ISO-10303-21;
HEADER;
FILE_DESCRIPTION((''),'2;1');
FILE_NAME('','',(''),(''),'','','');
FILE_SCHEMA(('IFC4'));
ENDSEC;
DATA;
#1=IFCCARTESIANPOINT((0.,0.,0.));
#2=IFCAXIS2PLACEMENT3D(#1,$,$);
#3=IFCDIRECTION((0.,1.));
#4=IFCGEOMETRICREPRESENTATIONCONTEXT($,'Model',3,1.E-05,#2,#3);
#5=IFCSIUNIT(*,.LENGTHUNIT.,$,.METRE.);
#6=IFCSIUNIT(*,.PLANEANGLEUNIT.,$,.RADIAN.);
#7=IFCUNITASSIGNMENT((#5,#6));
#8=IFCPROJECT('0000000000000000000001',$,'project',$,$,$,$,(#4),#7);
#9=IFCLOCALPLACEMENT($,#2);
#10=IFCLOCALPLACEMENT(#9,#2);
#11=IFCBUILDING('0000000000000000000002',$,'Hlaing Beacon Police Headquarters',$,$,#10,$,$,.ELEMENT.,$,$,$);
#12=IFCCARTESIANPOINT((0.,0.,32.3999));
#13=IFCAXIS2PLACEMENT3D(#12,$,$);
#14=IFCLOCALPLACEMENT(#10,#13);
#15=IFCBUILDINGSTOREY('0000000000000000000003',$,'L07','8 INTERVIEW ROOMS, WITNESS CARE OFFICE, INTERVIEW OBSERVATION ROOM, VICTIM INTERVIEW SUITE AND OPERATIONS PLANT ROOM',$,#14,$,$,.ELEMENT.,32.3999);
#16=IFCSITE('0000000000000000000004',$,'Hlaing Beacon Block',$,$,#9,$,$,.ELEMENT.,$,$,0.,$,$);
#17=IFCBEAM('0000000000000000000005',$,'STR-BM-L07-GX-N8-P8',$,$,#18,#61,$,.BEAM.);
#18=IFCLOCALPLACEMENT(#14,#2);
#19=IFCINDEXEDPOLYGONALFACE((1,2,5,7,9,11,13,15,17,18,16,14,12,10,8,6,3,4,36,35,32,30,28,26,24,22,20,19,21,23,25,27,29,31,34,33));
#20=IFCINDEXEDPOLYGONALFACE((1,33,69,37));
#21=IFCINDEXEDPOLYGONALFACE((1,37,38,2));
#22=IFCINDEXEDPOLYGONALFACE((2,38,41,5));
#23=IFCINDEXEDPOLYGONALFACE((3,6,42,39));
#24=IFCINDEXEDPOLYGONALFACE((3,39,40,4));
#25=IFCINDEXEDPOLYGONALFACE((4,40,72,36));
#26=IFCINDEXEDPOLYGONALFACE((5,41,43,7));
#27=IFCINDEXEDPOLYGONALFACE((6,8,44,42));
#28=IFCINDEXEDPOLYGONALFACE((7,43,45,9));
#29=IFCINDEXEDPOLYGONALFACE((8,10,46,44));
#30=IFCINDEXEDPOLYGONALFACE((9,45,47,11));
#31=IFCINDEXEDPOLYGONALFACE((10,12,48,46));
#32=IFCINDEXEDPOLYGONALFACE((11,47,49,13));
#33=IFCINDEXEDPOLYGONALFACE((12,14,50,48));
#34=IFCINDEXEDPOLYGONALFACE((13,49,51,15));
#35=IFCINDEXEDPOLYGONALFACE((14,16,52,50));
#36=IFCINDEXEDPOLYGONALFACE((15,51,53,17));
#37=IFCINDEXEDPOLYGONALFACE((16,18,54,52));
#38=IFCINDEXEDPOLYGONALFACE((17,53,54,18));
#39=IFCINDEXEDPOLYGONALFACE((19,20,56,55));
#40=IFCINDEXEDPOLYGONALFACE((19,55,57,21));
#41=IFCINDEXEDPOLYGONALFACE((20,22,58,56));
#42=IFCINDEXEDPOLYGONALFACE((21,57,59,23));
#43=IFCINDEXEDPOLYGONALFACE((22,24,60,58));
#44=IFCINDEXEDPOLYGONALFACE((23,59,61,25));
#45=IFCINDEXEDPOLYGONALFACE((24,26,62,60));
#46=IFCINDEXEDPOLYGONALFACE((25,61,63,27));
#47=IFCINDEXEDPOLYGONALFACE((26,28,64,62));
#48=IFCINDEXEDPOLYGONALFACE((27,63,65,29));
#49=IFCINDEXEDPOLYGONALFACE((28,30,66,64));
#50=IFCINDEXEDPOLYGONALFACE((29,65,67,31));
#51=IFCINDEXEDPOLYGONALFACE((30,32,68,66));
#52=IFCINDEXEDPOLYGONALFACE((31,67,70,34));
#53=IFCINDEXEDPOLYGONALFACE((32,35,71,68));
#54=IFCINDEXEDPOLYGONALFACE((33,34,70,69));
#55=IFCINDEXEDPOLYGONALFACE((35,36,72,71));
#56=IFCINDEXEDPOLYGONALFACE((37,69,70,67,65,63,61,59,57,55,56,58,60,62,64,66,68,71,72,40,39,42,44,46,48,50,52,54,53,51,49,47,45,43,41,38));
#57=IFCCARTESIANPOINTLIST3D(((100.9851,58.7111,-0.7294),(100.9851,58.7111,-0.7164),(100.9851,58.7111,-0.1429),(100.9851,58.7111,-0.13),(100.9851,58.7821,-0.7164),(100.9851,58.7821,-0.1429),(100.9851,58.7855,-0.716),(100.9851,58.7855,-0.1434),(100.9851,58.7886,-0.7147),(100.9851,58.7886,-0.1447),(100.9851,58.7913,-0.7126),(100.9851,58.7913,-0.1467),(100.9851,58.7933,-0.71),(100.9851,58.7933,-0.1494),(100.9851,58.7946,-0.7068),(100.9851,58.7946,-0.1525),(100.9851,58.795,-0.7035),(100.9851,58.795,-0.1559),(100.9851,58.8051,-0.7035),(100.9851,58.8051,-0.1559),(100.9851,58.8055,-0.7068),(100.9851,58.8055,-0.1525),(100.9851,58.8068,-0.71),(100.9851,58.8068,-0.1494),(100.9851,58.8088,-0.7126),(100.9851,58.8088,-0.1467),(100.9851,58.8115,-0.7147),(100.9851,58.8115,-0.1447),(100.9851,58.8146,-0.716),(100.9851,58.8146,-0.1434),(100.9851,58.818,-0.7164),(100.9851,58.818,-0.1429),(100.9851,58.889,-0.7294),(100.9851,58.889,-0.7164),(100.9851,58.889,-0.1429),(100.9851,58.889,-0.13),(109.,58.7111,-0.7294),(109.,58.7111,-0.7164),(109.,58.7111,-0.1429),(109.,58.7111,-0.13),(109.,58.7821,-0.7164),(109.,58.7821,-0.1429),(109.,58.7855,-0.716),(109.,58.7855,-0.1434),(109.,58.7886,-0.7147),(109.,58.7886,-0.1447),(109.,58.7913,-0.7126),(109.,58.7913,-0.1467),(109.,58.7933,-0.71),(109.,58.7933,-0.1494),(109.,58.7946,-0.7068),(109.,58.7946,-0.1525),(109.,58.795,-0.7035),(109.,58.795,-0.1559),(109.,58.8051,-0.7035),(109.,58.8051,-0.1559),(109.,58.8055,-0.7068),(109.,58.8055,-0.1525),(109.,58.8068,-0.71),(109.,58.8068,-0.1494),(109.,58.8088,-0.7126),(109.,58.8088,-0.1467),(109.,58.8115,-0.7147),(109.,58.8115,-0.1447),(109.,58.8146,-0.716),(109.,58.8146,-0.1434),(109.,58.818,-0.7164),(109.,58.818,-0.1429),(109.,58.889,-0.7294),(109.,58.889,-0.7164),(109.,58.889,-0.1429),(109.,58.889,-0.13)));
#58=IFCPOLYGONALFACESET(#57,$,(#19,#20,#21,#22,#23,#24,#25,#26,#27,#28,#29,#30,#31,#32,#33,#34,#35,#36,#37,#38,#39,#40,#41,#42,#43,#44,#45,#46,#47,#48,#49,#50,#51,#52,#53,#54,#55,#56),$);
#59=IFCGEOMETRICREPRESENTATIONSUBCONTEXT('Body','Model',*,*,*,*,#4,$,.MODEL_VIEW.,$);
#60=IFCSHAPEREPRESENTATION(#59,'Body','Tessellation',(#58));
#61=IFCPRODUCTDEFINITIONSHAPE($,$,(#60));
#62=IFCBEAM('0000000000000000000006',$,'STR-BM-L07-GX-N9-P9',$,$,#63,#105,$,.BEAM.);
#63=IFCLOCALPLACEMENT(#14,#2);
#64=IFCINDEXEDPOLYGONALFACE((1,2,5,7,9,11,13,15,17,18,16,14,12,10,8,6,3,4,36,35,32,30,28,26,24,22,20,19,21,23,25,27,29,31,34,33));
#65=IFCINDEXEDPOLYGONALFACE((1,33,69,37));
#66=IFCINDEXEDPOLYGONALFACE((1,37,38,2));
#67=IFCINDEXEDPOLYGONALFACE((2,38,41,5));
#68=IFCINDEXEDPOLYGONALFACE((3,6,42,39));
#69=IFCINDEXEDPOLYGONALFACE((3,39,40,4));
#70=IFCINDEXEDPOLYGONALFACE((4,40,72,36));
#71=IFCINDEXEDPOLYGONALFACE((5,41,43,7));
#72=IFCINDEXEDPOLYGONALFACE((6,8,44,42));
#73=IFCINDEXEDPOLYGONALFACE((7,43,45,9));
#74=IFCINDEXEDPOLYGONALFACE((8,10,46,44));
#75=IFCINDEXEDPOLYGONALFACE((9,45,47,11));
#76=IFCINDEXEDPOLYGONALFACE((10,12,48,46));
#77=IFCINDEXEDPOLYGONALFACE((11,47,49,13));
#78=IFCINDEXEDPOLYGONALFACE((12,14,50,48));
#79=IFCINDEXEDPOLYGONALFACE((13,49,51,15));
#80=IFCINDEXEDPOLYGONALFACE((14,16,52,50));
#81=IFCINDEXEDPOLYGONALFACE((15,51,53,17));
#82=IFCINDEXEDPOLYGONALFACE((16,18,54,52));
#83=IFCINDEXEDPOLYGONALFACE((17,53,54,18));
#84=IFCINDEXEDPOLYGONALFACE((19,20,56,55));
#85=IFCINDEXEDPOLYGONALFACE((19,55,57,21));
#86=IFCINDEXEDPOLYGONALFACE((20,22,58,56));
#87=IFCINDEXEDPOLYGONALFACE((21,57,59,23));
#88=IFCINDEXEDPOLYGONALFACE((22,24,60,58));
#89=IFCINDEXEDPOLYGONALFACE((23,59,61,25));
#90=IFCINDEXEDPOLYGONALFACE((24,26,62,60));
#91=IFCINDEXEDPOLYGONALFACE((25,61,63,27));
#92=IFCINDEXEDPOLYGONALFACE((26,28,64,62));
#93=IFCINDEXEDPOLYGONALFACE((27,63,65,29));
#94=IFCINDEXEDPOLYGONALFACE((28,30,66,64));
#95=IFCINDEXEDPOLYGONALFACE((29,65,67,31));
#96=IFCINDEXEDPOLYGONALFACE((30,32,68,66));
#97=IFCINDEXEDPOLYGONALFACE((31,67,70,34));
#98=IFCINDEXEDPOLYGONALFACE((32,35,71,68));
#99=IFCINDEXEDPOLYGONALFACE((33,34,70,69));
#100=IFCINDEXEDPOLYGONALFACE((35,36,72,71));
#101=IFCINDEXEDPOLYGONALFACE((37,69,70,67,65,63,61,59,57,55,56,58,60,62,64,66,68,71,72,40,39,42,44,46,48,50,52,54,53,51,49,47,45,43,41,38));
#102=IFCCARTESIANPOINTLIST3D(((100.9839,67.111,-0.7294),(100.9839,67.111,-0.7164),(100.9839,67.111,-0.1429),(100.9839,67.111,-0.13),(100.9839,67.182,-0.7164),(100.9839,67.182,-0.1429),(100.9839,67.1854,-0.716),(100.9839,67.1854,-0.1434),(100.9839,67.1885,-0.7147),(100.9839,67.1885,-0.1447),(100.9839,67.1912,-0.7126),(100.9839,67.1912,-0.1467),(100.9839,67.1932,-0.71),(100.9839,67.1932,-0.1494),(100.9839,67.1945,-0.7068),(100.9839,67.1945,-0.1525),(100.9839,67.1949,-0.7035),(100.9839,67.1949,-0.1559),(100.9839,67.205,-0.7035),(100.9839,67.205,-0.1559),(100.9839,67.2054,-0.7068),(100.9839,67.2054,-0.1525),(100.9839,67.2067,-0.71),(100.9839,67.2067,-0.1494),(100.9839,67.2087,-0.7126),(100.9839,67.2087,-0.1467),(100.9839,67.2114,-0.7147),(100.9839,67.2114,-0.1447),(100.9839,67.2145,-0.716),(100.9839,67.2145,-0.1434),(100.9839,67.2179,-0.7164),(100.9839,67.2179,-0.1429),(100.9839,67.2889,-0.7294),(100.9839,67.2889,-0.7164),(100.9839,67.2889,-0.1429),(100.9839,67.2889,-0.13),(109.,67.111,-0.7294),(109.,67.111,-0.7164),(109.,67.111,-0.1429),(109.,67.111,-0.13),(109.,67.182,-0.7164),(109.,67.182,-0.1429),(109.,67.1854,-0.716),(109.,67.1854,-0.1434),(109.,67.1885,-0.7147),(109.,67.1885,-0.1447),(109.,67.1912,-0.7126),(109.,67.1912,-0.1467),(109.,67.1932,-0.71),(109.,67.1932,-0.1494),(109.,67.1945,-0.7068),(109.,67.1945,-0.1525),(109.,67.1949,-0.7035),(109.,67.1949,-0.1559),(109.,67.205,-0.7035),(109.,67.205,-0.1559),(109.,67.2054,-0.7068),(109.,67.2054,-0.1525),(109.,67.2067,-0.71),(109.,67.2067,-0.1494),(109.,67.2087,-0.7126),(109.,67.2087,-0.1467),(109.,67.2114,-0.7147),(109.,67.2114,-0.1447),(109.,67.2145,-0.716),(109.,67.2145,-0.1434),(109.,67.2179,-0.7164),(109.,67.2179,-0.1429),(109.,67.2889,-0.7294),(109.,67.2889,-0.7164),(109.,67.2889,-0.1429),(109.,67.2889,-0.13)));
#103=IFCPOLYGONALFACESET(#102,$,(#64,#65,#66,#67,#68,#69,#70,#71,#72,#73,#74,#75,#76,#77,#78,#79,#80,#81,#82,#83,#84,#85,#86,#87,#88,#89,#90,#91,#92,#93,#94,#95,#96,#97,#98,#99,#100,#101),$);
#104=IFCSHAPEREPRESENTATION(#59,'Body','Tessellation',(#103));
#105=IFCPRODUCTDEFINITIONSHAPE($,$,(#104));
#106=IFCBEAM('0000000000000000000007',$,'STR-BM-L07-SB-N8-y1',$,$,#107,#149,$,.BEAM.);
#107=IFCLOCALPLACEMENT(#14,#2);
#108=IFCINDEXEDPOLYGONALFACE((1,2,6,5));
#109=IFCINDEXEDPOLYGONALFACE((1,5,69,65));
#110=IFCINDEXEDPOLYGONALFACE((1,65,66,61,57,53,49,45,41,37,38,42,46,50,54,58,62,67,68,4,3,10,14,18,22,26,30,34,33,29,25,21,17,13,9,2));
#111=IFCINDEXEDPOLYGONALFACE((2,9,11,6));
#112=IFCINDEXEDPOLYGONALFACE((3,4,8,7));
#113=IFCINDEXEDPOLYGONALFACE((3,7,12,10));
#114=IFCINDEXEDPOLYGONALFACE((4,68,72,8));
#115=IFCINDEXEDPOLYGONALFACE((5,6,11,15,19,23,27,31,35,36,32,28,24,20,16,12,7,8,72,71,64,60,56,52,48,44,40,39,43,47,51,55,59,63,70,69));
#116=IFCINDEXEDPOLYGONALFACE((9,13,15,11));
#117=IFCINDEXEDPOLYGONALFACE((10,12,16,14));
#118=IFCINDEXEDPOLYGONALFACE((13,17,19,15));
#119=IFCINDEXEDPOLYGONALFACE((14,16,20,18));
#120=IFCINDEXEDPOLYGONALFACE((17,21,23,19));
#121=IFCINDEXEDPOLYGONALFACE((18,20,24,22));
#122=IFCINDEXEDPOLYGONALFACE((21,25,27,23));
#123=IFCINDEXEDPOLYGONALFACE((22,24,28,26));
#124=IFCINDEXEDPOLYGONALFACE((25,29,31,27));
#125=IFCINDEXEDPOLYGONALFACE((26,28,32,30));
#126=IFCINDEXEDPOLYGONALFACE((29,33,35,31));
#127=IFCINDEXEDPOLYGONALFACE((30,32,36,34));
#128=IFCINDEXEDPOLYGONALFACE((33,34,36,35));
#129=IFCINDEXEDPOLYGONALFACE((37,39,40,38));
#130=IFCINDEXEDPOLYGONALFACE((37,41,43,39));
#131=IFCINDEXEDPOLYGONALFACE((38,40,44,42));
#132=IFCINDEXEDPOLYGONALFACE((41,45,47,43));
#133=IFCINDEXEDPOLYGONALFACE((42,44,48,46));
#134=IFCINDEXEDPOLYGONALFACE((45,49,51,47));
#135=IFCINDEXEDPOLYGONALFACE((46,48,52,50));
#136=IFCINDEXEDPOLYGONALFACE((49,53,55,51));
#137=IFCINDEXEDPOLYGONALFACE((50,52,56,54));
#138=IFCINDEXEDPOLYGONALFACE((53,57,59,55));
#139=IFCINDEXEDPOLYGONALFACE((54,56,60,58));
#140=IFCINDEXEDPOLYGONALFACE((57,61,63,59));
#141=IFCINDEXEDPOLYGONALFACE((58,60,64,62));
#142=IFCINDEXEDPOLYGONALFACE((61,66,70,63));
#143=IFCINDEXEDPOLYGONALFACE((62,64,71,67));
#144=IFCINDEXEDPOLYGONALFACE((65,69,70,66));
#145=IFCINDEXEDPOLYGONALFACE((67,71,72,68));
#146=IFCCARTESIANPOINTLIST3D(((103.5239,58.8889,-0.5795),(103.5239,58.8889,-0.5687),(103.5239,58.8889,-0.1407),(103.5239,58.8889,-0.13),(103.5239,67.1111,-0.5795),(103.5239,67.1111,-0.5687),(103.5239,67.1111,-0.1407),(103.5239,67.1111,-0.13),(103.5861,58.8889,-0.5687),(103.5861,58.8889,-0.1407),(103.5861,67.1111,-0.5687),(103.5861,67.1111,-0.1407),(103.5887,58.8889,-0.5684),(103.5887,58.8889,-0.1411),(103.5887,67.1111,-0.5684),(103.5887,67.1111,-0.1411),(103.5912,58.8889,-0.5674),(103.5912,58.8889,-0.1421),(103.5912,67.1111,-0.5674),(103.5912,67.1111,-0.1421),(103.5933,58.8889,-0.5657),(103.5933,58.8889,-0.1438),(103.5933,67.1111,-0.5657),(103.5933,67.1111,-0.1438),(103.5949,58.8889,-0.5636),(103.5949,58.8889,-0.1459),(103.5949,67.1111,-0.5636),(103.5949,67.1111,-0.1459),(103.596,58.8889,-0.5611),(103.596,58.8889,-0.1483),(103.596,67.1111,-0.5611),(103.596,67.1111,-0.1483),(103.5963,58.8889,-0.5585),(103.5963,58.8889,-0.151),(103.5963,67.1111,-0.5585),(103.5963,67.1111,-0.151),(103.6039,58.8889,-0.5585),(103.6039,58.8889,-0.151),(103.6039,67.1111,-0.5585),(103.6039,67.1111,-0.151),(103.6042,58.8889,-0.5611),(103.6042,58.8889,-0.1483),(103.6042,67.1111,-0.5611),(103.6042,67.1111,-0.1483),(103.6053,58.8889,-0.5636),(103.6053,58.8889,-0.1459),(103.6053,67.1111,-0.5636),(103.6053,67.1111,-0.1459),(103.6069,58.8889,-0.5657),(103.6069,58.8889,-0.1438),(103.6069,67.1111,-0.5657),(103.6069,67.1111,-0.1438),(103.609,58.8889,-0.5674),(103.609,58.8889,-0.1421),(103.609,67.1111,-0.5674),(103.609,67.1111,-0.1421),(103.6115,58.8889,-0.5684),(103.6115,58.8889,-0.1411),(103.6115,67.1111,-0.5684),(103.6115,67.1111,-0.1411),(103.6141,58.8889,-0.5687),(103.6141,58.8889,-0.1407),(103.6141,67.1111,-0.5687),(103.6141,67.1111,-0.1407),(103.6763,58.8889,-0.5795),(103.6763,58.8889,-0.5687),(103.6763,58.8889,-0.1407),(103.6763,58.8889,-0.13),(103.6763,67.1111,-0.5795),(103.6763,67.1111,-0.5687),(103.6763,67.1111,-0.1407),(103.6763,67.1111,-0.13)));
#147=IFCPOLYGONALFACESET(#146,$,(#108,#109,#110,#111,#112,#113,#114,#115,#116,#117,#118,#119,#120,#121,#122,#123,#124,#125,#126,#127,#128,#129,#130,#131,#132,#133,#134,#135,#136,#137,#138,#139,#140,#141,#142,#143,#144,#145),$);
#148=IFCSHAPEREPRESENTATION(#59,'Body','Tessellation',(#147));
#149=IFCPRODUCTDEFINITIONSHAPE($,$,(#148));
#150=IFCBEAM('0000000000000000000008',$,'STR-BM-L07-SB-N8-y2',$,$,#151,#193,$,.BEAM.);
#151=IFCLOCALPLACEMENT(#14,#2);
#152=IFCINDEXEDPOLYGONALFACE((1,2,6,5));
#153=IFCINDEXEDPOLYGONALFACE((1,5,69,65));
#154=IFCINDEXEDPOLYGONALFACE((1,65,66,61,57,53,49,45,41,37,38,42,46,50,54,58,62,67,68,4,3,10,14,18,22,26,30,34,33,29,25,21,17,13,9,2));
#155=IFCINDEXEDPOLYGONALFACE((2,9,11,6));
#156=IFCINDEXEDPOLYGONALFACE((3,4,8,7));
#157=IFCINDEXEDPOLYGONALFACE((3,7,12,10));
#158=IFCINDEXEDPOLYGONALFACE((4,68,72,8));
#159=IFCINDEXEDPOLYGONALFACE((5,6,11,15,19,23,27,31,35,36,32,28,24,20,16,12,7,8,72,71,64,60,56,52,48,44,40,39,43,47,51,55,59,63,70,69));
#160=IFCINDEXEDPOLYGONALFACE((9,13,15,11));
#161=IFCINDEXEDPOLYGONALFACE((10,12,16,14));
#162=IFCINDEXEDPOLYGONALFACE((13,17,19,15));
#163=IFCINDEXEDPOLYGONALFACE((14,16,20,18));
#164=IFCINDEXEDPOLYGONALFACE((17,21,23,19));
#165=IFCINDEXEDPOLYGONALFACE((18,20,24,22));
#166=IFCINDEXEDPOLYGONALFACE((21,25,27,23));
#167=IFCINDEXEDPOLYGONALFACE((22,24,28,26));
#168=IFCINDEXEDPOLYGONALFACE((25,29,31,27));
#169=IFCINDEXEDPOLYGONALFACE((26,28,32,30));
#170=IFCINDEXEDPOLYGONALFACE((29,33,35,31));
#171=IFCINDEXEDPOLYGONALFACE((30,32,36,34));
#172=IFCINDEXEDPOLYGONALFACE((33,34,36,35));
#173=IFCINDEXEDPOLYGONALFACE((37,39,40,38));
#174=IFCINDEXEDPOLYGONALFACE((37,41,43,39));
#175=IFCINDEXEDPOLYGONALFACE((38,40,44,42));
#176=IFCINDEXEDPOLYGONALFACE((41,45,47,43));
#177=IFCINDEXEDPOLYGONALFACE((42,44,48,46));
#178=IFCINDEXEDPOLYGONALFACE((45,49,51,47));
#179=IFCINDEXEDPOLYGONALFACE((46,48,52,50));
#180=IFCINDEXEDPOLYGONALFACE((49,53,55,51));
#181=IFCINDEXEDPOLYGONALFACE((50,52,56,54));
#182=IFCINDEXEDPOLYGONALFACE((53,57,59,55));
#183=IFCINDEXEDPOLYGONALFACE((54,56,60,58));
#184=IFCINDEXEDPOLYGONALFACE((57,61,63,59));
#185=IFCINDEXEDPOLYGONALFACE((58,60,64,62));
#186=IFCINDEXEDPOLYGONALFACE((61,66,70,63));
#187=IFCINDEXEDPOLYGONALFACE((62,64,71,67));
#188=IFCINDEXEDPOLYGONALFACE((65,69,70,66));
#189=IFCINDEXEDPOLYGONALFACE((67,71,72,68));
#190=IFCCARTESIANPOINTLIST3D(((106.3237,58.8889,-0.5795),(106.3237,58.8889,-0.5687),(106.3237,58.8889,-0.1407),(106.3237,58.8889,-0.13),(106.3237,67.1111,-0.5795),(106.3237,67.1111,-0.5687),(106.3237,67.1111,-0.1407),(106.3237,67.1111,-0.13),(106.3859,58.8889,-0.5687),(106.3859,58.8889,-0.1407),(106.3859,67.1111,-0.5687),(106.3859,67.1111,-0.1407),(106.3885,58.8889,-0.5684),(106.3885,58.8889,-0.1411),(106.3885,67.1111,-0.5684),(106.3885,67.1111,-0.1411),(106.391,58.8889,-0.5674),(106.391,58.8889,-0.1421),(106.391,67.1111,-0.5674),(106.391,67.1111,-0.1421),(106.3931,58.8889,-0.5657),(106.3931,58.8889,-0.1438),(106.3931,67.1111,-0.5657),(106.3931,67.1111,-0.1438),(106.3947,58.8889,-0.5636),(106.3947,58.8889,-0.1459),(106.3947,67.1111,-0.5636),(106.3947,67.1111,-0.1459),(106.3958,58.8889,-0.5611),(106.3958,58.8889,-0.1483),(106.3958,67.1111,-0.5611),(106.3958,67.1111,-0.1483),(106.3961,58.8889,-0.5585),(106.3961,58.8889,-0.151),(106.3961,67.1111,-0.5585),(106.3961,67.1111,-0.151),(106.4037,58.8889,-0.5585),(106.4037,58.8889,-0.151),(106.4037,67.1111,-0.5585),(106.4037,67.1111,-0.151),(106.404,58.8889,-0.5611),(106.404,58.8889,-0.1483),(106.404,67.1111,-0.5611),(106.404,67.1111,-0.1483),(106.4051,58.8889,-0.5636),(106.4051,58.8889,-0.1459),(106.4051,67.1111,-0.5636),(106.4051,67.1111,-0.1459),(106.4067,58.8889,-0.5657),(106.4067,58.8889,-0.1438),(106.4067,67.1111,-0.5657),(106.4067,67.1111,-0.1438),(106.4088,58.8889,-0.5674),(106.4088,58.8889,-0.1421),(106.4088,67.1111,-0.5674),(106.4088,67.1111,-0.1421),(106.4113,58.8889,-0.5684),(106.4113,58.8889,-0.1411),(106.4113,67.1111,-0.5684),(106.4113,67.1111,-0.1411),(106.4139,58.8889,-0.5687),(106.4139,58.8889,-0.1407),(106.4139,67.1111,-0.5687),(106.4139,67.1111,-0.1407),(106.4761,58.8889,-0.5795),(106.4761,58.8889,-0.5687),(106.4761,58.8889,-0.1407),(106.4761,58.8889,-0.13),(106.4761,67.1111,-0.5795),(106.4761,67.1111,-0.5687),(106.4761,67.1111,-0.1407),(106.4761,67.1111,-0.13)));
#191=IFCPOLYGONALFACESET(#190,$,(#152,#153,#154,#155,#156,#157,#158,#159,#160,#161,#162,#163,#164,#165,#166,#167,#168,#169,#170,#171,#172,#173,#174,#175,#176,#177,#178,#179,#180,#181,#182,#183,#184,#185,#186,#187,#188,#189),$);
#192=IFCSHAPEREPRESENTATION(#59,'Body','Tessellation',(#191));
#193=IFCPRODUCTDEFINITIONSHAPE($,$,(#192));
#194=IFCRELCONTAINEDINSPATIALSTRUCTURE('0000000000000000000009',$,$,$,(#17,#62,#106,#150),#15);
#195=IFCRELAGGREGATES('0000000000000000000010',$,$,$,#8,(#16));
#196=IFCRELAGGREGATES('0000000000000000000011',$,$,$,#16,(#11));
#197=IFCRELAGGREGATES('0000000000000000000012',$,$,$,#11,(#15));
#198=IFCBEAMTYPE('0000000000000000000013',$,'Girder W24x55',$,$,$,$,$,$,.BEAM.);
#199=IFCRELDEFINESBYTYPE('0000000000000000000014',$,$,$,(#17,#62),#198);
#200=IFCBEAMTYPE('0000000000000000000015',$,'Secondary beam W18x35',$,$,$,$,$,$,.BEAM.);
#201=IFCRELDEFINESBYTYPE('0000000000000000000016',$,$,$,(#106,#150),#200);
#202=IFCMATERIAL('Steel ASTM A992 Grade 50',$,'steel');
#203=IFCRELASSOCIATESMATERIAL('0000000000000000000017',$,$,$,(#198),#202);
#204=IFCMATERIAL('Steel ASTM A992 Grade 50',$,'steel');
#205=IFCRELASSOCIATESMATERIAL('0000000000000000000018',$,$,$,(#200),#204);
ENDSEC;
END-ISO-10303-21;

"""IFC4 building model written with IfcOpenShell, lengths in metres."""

from ifc_helpers import new_model, si_unit, direction, frame, origin, origin_2d, place, context, subcontext, project, spatial, i_section, extrude, material, material_profile, profile_set, type_object, element, save


model = new_model("IFC4")

# Units and contexts
model_context = context("Model", 3, precision=1e-05, world=origin(), true_north=direction((0.0, 1.0)))
body_context = subcontext(model_context, "Body", "Model", "MODEL_VIEW")
ifc_project = project(units=[si_unit("LENGTHUNIT", "METRE"), si_unit("PLANEANGLEUNIT", "RADIAN")], contexts=[model_context])

# Site, building, storey
site_placement = place(None, origin())
site = spatial("IfcSite", under=ifc_project, at=site_placement, Name="Hlaing Beacon Block", CompositionType="ELEMENT", RefElevation=0.0)
building_placement = place(site_placement, origin())
building = spatial("IfcBuilding", under=site, at=building_placement, Name="Hlaing Beacon Police Headquarters", CompositionType="ELEMENT")
storey_placement = place(building_placement, frame((0.0, 0.0, 32.3999)))
storey = spatial("IfcBuildingStorey", under=building, at=storey_placement, Name="L07", Description="8 INTERVIEW ROOMS, WITNESS CARE OFFICE, INTERVIEW OBSERVATION ROOM, VICTIM INTERVIEW SUITE AND OPERATIONS PLANT ROOM", CompositionType="ELEMENT", Elevation=32.3999)

# Beams
ifc_material_1 = material(Name="Steel ASTM A992 Grade 50", Category="steel")
ifc_material_profile_1 = material_profile(ifc_material_1, i_section(OverallWidth=0.178, OverallDepth=0.5994, WebThickness=0.01, FlangeThickness=0.0129, FilletRadius=0.0129, at=origin_2d()), Name="W24x55")
ifc_profile_set_1 = profile_set([ifc_material_profile_1], Name="Steel ASTM A992 Grade 50")
beam_type_1 = type_object("IfcBeamType", Name="Girder W24x55", PredefinedType="BEAM", material=ifc_profile_set_1)
beam_1_placement = place(storey_placement, frame((100.9851, 58.8, -0.4297), z_axis=(1.0, 0.0, 0.0), x_axis=(0.0, 1.0, 0.0)))
element("IfcBeam", 1, at=beam_1_placement, inside=storey, type_object=beam_type_1, Name="STR-BM-L07-GX-N8-P8", PredefinedType="BEAM", context=body_context, shape_type="SweptSolid", body=[
    extrude(i_section(OverallWidth=0.178, OverallDepth=0.5994, WebThickness=0.01, FlangeThickness=0.0129, FilletRadius=0.0129, at=origin_2d()), origin(), (0.0, 0.0, 1.0), 8.0149),
])
beam_2_placement = place(storey_placement, frame((100.9839, 67.2, -0.4297), z_axis=(1.0, 0.0, 0.0), x_axis=(0.0, 1.0, 0.0)))
element("IfcBeam", 2, at=beam_2_placement, inside=storey, type_object=beam_type_1, Name="STR-BM-L07-GX-N9-P9", PredefinedType="BEAM", context=body_context, shape_type="SweptSolid", body=[
    extrude(i_section(OverallWidth=0.178, OverallDepth=0.5994, WebThickness=0.01, FlangeThickness=0.0129, FilletRadius=0.0129, at=origin_2d()), origin(), (0.0, 0.0, 1.0), 8.0161),
])
ifc_material_2 = material(Name="Steel ASTM A992 Grade 50", Category="steel")
ifc_material_profile_2 = material_profile(ifc_material_2, i_section(OverallWidth=0.1523, OverallDepth=0.4495, WebThickness=0.0076, FlangeThickness=0.0107, FilletRadius=0.0103, at=origin_2d()), Name="W18x35")
ifc_profile_set_2 = profile_set([ifc_material_profile_2], Name="Steel ASTM A992 Grade 50")
beam_type_2 = type_object("IfcBeamType", Name="Secondary beam W18x35", PredefinedType="BEAM", material=ifc_profile_set_2)
for number, where, z_axis, x_axis, name in (
    (3, (103.6001, 58.8889, -0.3547), (0.0, 1.0, 0.0), (-1.0, 0.0, 0.0), "STR-BM-L07-SB-N8-y1"),
    (4, (106.3999, 58.8889, -0.3547), (0.0, 1.0, 0.0), (-1.0, 0.0, 0.0), "STR-BM-L07-SB-N8-y2"),
):
    element("IfcBeam", number, at=place(storey_placement, frame(where, z_axis=z_axis, x_axis=x_axis)), inside=storey, type_object=beam_type_2, Name=name, PredefinedType="BEAM", context=body_context, shape_type="SweptSolid", body=[
        extrude(i_section(OverallWidth=0.1523, OverallDepth=0.4495, WebThickness=0.0076, FlangeThickness=0.0107, FilletRadius=0.0103, at=origin_2d()), origin(), (0.0, 0.0, 1.0), 8.2222),
    ])

save(model, "model.ifc")
